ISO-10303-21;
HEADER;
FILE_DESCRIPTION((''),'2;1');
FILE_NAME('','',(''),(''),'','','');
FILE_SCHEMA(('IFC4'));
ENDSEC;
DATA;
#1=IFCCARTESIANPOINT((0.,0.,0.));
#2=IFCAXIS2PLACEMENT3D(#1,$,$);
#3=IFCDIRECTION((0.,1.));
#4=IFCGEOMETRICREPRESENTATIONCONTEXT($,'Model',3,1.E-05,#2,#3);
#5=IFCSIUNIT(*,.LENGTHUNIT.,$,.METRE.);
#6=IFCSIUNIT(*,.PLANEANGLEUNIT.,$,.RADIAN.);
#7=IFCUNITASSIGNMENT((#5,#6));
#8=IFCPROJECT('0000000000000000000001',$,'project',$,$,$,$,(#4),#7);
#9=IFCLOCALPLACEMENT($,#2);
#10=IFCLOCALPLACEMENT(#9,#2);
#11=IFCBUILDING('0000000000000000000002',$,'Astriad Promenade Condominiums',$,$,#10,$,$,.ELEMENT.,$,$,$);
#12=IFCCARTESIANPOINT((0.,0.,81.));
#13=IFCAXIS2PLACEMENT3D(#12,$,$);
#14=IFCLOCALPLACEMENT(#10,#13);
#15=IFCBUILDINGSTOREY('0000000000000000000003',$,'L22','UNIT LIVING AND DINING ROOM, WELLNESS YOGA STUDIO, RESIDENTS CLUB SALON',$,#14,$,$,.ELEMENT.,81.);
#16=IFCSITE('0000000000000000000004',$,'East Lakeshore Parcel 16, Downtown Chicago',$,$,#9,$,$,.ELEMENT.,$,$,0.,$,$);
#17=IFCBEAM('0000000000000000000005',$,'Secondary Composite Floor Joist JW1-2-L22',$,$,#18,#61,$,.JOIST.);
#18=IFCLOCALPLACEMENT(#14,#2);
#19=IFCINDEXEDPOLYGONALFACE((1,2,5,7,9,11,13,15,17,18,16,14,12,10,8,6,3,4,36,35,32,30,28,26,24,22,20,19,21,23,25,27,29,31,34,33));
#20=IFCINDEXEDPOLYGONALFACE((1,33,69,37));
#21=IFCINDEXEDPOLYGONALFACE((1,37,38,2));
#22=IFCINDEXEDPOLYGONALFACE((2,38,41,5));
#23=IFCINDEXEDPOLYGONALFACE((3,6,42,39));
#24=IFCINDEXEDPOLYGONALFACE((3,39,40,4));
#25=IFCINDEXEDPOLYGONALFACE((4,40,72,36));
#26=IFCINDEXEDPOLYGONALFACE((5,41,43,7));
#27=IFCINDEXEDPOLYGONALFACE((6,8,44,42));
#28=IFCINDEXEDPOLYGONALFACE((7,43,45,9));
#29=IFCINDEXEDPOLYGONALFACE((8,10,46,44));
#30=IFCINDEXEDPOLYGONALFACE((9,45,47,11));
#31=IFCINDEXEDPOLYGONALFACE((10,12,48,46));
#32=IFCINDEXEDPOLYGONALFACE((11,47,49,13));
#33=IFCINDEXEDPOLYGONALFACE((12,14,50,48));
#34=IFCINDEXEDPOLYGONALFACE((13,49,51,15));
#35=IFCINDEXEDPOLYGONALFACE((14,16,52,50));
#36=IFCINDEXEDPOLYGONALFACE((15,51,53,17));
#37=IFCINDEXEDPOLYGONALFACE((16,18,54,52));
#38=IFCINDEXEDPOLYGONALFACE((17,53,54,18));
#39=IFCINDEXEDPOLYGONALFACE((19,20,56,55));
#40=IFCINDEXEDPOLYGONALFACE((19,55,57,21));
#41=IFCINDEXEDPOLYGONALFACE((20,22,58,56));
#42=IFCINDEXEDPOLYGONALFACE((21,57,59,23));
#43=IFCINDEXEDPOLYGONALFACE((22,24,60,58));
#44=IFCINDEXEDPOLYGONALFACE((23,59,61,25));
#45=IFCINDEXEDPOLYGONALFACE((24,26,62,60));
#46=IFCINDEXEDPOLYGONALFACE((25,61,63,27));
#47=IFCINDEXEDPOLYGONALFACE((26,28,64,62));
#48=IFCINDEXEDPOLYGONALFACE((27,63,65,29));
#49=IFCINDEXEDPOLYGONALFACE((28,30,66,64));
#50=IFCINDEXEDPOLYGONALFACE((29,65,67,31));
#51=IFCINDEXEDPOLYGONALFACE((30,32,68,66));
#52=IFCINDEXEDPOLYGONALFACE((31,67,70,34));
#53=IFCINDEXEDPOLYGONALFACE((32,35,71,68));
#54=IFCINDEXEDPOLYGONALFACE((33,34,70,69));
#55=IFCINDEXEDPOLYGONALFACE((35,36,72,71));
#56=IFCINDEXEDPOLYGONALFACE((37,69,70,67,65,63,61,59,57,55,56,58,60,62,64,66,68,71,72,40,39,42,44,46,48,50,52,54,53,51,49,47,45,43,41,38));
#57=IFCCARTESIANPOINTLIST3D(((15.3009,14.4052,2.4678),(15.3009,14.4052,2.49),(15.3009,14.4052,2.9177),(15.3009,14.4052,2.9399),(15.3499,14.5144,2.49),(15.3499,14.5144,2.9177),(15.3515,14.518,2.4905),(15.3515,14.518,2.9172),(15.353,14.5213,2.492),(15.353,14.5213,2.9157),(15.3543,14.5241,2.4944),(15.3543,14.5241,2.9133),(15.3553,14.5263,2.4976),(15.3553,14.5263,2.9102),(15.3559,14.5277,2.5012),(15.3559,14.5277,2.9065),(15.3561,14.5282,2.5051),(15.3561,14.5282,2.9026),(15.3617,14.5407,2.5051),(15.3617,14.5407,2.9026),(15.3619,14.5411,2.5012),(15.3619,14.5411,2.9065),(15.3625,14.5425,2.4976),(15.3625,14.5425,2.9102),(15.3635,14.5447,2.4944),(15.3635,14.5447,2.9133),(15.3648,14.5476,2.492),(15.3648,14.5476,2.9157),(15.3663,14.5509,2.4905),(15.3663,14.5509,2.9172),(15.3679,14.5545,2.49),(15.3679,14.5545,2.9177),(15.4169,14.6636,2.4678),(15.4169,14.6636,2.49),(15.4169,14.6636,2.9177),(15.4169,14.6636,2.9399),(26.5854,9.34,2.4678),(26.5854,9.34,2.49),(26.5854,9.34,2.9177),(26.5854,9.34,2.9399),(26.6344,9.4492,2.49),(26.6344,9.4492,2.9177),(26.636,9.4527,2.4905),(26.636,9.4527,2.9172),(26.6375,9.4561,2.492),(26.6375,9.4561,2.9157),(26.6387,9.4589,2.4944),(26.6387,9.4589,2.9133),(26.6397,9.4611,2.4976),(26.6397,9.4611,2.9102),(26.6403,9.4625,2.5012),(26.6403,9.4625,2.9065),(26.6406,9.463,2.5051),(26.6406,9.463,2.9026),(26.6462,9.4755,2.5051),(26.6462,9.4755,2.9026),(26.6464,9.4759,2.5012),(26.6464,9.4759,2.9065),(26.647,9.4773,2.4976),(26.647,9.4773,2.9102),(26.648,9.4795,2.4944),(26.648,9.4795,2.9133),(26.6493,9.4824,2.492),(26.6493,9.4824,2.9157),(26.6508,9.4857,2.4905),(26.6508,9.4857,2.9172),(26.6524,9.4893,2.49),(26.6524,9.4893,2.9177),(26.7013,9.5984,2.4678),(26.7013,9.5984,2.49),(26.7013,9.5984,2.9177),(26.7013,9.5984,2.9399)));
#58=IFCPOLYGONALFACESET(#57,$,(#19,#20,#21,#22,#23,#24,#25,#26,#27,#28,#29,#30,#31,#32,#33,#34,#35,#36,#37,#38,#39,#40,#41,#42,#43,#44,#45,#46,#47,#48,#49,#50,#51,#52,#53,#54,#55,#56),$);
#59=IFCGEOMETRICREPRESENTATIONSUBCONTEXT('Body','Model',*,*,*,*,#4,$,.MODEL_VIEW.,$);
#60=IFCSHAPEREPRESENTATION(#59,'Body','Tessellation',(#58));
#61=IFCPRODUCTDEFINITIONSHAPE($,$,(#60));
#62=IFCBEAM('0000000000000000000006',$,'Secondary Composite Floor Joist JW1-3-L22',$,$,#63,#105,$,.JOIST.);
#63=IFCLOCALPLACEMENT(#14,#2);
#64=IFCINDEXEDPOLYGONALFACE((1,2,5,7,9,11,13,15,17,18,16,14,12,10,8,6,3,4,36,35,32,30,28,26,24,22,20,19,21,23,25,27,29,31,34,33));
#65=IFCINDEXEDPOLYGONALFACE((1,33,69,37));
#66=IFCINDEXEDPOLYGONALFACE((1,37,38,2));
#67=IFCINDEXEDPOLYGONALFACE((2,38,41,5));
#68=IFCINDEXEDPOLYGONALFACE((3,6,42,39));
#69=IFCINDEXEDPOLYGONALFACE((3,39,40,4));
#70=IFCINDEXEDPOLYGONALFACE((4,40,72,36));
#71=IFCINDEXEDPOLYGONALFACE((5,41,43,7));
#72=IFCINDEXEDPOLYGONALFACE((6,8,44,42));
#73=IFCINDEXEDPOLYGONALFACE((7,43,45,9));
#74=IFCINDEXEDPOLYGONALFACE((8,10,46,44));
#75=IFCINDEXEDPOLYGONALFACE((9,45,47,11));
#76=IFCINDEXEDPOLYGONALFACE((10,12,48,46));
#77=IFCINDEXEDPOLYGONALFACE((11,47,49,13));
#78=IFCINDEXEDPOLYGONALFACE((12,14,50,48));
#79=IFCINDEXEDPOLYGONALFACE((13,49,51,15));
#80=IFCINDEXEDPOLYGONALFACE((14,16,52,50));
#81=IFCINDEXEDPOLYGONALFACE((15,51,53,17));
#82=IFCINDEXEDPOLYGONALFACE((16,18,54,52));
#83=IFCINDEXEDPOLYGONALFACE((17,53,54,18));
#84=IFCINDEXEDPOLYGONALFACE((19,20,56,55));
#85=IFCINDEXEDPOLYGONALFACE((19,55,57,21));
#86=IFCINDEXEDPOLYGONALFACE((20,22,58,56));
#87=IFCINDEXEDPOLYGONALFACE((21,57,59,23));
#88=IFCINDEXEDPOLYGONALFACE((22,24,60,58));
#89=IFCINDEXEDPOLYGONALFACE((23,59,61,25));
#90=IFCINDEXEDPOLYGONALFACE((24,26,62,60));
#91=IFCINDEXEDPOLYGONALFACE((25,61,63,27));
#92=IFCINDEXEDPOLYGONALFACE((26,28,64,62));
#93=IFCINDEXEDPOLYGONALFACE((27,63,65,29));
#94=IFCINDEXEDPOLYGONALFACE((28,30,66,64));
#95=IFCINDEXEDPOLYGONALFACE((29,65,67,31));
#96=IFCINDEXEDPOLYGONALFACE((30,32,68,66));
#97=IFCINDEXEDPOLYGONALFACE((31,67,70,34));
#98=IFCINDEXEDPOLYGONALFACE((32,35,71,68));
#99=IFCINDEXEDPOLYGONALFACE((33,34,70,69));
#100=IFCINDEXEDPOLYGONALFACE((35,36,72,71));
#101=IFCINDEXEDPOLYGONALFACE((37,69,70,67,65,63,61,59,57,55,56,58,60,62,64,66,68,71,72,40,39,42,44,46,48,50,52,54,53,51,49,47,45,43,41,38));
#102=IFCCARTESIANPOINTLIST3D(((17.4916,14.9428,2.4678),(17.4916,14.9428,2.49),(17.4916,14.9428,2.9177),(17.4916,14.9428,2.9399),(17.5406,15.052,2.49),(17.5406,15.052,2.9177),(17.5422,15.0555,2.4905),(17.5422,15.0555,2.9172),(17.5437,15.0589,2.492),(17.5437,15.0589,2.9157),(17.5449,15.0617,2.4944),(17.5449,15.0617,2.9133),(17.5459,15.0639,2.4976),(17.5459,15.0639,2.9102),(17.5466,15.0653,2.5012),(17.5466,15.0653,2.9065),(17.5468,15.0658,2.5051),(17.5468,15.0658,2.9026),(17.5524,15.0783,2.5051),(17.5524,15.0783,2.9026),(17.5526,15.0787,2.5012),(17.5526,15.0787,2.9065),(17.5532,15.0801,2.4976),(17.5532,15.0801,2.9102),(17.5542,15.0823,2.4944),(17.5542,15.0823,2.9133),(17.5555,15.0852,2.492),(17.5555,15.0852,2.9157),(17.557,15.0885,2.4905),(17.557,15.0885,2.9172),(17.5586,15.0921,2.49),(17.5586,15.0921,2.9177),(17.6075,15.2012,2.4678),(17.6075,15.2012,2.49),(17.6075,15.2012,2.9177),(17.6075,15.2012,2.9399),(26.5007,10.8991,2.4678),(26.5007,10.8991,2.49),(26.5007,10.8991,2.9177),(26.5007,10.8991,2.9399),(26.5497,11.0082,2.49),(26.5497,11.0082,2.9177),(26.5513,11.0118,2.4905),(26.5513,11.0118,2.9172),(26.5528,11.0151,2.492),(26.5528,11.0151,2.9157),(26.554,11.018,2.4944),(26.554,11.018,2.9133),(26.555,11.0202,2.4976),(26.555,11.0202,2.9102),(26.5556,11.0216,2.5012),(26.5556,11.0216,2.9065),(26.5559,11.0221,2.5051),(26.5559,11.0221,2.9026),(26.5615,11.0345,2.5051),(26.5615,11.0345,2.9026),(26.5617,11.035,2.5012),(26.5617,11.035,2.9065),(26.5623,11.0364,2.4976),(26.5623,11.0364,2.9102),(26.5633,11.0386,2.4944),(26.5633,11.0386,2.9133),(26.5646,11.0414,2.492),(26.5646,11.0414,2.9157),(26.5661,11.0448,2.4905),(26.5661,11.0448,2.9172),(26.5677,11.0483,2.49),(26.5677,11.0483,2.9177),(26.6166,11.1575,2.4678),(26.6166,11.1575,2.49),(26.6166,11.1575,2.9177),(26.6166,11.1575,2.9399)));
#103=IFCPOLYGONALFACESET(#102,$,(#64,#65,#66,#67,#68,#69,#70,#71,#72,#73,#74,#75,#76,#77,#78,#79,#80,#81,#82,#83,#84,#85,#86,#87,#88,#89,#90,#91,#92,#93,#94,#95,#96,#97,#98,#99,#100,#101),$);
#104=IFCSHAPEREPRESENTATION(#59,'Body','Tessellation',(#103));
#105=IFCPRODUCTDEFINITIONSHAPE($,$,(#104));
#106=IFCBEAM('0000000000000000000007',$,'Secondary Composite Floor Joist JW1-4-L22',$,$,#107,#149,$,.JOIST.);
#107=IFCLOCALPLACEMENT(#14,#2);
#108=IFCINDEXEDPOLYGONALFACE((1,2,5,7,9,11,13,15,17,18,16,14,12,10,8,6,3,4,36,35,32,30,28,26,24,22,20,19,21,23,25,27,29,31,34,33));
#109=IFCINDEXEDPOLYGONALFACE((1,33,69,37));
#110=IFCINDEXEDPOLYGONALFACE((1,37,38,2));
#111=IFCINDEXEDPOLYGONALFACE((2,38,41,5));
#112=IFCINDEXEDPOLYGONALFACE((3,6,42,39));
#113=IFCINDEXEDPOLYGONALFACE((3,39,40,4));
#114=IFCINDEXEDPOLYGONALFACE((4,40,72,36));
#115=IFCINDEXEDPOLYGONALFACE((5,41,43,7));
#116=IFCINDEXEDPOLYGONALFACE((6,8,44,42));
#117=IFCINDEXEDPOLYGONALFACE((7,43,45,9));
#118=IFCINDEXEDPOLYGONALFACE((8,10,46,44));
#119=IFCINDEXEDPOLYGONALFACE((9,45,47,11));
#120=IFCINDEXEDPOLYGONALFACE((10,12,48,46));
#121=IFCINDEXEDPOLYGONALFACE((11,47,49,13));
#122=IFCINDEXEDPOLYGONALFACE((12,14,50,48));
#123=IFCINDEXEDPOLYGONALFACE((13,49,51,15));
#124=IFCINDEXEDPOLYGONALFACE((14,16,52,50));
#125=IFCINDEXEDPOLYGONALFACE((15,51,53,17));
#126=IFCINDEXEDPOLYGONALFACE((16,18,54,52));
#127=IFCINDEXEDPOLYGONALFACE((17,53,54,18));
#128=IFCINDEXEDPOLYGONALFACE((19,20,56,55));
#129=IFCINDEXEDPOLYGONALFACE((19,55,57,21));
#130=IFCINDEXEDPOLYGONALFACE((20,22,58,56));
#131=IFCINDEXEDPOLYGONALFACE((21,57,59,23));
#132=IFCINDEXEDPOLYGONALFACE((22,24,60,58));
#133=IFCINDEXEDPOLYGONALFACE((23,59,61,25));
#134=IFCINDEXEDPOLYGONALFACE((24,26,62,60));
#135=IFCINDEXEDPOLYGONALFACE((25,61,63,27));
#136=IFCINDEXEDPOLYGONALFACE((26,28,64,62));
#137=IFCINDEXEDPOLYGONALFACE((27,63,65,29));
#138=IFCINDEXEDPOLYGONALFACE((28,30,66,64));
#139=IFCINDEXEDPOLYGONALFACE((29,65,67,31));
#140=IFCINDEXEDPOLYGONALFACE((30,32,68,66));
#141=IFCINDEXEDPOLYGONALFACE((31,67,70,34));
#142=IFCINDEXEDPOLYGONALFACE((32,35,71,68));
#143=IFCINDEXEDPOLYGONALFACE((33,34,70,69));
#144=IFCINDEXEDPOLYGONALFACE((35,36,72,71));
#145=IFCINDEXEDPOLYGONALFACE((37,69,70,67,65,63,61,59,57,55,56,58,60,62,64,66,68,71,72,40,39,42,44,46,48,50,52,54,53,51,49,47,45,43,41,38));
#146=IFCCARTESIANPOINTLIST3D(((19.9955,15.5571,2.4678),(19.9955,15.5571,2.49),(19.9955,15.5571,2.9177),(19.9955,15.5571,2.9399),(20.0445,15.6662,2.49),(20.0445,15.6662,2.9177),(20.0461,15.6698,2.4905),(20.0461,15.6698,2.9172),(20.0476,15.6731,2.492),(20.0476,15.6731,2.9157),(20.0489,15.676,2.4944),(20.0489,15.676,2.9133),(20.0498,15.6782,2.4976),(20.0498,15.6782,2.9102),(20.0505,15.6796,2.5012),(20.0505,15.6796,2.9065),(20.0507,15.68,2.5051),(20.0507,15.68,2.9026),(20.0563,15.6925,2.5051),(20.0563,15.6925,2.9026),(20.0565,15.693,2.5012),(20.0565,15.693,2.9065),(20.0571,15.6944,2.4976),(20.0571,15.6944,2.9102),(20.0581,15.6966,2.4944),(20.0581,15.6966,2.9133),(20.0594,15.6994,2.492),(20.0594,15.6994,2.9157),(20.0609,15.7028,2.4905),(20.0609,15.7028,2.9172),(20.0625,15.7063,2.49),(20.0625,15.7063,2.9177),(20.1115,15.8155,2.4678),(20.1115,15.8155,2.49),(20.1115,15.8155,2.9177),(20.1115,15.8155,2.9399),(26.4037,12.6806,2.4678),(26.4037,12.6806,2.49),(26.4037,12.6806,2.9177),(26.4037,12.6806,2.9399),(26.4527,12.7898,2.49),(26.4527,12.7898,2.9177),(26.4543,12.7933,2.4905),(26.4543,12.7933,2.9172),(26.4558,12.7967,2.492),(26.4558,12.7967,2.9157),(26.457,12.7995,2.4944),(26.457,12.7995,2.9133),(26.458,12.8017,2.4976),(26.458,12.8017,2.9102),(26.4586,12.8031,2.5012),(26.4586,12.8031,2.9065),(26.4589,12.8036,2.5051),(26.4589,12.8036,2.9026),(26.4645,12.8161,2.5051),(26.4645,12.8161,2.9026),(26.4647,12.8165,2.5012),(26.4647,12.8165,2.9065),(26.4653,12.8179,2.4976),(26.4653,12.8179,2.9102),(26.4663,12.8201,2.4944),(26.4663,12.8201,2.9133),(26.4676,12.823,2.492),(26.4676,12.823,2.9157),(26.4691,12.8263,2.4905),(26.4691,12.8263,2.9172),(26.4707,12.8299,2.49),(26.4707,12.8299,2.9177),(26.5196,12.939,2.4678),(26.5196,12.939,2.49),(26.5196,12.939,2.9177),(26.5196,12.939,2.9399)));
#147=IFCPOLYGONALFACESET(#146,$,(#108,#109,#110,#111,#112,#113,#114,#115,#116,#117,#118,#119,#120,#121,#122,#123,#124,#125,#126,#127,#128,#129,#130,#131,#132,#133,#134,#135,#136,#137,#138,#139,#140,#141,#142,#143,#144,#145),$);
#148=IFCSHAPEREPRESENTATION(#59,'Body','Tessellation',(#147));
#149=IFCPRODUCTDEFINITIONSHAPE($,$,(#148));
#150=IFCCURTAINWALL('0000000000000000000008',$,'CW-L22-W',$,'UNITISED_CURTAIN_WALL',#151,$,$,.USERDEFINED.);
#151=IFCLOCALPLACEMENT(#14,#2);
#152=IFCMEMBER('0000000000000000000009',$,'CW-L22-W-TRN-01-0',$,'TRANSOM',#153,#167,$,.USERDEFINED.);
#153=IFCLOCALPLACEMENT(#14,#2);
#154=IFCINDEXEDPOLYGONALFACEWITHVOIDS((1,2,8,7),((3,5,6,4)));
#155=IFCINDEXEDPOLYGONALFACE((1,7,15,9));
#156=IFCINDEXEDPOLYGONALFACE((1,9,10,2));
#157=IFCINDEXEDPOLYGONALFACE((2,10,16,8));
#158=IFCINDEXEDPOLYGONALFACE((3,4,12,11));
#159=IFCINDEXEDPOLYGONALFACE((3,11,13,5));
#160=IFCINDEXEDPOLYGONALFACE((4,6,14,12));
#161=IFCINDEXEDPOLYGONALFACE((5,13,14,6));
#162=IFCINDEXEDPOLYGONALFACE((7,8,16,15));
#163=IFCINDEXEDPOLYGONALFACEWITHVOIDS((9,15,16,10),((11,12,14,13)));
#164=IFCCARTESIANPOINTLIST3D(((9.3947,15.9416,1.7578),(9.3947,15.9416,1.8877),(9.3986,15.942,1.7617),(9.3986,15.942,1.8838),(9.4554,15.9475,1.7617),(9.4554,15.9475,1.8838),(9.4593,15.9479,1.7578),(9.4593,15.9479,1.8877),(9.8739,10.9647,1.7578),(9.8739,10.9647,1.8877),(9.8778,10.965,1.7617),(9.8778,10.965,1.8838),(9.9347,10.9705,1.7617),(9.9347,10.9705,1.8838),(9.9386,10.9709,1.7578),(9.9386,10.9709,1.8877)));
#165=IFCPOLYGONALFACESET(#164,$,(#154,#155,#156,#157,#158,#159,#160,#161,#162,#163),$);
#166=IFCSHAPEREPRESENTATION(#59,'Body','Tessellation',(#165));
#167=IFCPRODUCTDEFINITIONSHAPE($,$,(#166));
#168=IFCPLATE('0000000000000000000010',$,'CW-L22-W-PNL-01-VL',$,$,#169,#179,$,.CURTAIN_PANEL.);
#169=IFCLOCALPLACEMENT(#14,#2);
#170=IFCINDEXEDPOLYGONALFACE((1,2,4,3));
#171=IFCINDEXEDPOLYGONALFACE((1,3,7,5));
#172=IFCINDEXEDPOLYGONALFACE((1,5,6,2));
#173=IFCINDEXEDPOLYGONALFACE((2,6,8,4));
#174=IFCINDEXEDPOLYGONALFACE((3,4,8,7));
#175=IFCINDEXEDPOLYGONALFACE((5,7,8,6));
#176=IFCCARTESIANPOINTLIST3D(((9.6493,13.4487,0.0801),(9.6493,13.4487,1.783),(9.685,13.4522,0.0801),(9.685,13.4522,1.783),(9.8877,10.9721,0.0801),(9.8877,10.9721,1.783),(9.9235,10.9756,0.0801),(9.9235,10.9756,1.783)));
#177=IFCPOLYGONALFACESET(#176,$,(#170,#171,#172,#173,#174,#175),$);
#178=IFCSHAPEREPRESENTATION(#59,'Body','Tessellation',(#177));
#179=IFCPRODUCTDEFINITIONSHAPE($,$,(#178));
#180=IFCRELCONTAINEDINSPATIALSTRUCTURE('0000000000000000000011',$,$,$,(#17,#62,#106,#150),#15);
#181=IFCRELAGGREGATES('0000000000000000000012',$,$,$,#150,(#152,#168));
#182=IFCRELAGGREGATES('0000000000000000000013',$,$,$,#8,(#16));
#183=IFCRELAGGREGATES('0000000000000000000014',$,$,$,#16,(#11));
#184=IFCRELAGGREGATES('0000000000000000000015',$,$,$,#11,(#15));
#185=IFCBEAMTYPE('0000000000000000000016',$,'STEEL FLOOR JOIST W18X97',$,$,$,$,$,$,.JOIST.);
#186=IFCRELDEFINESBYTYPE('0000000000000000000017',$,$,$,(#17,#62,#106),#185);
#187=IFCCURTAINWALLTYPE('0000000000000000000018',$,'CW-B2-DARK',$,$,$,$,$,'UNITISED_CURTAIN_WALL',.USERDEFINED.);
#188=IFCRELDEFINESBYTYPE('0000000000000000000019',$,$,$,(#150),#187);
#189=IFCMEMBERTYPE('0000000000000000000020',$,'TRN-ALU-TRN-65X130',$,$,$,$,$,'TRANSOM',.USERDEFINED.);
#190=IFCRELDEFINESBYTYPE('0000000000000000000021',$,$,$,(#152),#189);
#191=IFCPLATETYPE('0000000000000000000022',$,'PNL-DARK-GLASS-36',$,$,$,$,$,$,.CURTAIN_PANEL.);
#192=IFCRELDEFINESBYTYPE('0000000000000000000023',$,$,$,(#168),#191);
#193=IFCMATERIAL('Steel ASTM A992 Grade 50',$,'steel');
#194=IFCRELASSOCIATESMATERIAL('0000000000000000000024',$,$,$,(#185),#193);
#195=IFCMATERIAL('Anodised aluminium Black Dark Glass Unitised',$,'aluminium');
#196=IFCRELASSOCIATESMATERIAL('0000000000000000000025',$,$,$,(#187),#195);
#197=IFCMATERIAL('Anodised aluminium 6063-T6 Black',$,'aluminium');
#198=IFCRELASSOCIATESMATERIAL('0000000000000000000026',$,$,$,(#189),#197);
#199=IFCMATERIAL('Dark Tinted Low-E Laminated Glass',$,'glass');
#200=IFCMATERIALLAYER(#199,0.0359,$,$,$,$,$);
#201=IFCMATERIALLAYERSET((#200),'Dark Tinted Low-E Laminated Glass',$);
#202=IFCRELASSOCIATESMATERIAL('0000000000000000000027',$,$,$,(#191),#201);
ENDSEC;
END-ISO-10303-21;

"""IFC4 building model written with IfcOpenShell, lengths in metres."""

from ifc_helpers import new_model, si_unit, direction, frame, origin, origin_2d, place, context, subcontext, project, spatial, rectangle, hollow_rectangle, i_section, extrude, source, transform, mapped, material, layer, layer_set, material_profile, profile_set, type_object, type_shapes, element, aggregate, save


model = new_model("IFC4")

# Units and contexts
model_context = context("Model", 3, precision=1e-05, world=origin(), true_north=direction((0.0, 1.0)))
body_context = subcontext(model_context, "Body", "Model", "MODEL_VIEW")
ifc_project = project(units=[si_unit("LENGTHUNIT", "METRE"), si_unit("PLANEANGLEUNIT", "RADIAN")], contexts=[model_context])

# Site, building, storey
site_placement = place(None, origin())
site = spatial("IfcSite", under=ifc_project, at=site_placement, Name="East Lakeshore Parcel 16, Downtown Chicago", CompositionType="ELEMENT", RefElevation=0.0)
building_placement = place(site_placement, origin())
building = spatial("IfcBuilding", under=site, at=building_placement, Name="Astriad Promenade Condominiums", CompositionType="ELEMENT")
storey_placement = place(building_placement, frame((0.0, 0.0, 81.0)))
storey = spatial("IfcBuildingStorey", under=building, at=storey_placement, Name="L22", Description="UNIT LIVING AND DINING ROOM, WELLNESS YOGA STUDIO, RESIDENTS CLUB SALON", CompositionType="ELEMENT", Elevation=81.0)

# Beams
ifc_material_1 = material(Name="Steel ASTM A992 Grade 50", Category="steel")
ifc_material_profile_1 = material_profile(ifc_material_1, i_section(OverallWidth=0.2832, OverallDepth=0.4722, WebThickness=0.0137, FlangeThickness=0.0222, FilletRadius=0.0151, at=origin_2d()), Name="W18X97")
ifc_profile_set_1 = profile_set([ifc_material_profile_1], Name="Steel ASTM A992 Grade 50")
beam_type_1 = type_object("IfcBeamType", Name="STEEL FLOOR JOIST W18X97", PredefinedType="JOIST", material=ifc_profile_set_1)
shared_shape_1 = source(origin(), body_context, "Body", "SweptSolid", [
    extrude(i_section(OverallWidth=0.2832, OverallDepth=0.4722, WebThickness=0.0137, FlangeThickness=0.0222, FilletRadius=0.0151, at=origin_2d()), origin(), (0.0, 0.0, 1.0), 12.3691),
])
beam_1_placement = place(storey_placement, frame((15.3589, 14.5344, 2.7039), z_axis=(0.912309, -0.409504, 0.0), x_axis=(0.409504, 0.912309, 0.0)))
element("IfcBeam", 1, at=beam_1_placement, inside=storey, type_object=beam_type_1, Name="Secondary Composite Floor Joist JW1-2-L22", PredefinedType="JOIST", context=body_context, shape_type="MappedRepresentation", body=[
    mapped(shared_shape_1, transform((0.0, 0.0, 0.0), scale=1.0)),
])
shared_shape_2 = source(origin(), body_context, "Body", "SweptSolid", [
    extrude(i_section(OverallWidth=0.2832, OverallDepth=0.4722, WebThickness=0.0137, FlangeThickness=0.0222, FilletRadius=0.0151, at=origin_2d()), origin(), (0.0, 0.0, 1.0), 9.875),
])
beam_2_placement = place(storey_placement, frame((17.5496, 15.072, 2.7039), z_axis=(0.912314, -0.409492, 0.0), x_axis=(0.409492, 0.912314, 0.0)))
element("IfcBeam", 2, at=beam_2_placement, inside=storey, type_object=beam_type_1, Name="Secondary Composite Floor Joist JW1-3-L22", PredefinedType="JOIST", context=body_context, shape_type="MappedRepresentation", body=[
    mapped(shared_shape_2, transform((0.0, 0.0, 0.0), scale=1.0)),
])
shared_shape_3 = source(origin(), body_context, "Body", "SweptSolid", [
    extrude(i_section(OverallWidth=0.2832, OverallDepth=0.4722, WebThickness=0.0137, FlangeThickness=0.0222, FilletRadius=0.0151, at=origin_2d()), origin(), (0.0, 0.0, 1.0), 7.0242),
])
beam_3_placement = place(storey_placement, frame((20.0535, 15.6863, 2.7039), z_axis=(0.912306, -0.409509, 0.0), x_axis=(0.409509, 0.912306, 0.0)))
element("IfcBeam", 3, at=beam_3_placement, inside=storey, type_object=beam_type_1, Name="Secondary Composite Floor Joist JW1-4-L22", PredefinedType="JOIST", context=body_context, shape_type="MappedRepresentation", body=[
    mapped(shared_shape_3, transform((0.0, 0.0, 0.0), scale=1.0)),
])

# Curtain wall, member, plate
ifc_material_2 = material(Name="Anodised aluminium Black Dark Glass Unitised", Category="aluminium")
curtain_wall_type = type_object("IfcCurtainWallType", Name="CW-B2-DARK", ElementType="UNITISED_CURTAIN_WALL", PredefinedType="USERDEFINED", material=ifc_material_2)
curtain_wall_placement = place(storey_placement, origin())
curtain_wall = element("IfcCurtainWall", 4, at=curtain_wall_placement, inside=storey, type_object=curtain_wall_type, Name="CW-L22-W", ObjectType="UNITISED_CURTAIN_WALL", PredefinedType="USERDEFINED")
ifc_material_3 = material(Name="Anodised aluminium 6063-T6 Black", Category="aluminium")
ifc_material_profile_2 = material_profile(ifc_material_3, hollow_rectangle(XDim=0.0649, YDim=0.1299, WallThickness=0.0039, at=origin_2d()), Name="ALU-TRN-65X130")
ifc_profile_set_2 = profile_set([ifc_material_profile_2], Name="Anodised aluminium 6063-T6 Black")
member_type = type_object("IfcMemberType", Name="TRN-ALU-TRN-65X130", ElementType="TRANSOM", PredefinedType="USERDEFINED", material=ifc_profile_set_2)
shared_shape_4 = source(origin(), body_context, "Body", "SweptSolid", [
    extrude(hollow_rectangle(XDim=0.0649, YDim=0.1299, WallThickness=0.0039, at=origin_2d()), origin(), (0.0, 0.0, 1.0), 5.0),
])
type_shapes(member_type, [shared_shape_4])
member_placement = place(storey_placement, frame((9.9062, 10.9678, 1.8228), z_axis=(-0.095848, 0.995396, 0.0), x_axis=(-0.995396, -0.095848, 0.0)))
member = element("IfcMember", 5, at=member_placement, type_object=member_type, Name="CW-L22-W-TRN-01-0", ObjectType="TRANSOM", PredefinedType="USERDEFINED", context=body_context, shape_type="MappedRepresentation", body=[
    mapped(shared_shape_4, transform((0.0, 0.0, 0.0), scale=1.0)),
])
ifc_material_4 = material(Name="Dark Tinted Low-E Laminated Glass", Category="glass")
ifc_layer_1 = layer(ifc_material_4, 0.0359)
ifc_layer_set_1 = layer_set([ifc_layer_1], Name="Dark Tinted Low-E Laminated Glass")
plate_type = type_object("IfcPlateType", Name="PNL-DARK-GLASS-36", PredefinedType="CURTAIN_PANEL", material=ifc_layer_set_1)
shared_shape_5 = source(origin(), body_context, "Body", "SweptSolid", [
    extrude(rectangle(XDim=2.488, YDim=0.0359, at=origin_2d()), origin(), (0.0, 0.0, 1.0), 1.7029),
])
plate_1_placement = place(storey_placement, frame((9.7864, 12.2122, 0.0801), z_axis=(0.0, 0.0, 1.0), x_axis=(-0.095846, 0.995396, 0.0)))
plate_1 = element("IfcPlate", 6, at=plate_1_placement, type_object=plate_type, Name="CW-L22-W-PNL-01-VL", PredefinedType="CURTAIN_PANEL", context=body_context, shape_type="MappedRepresentation", body=[
    mapped(shared_shape_5, transform((0.0, 0.0, 0.0), scale=1.0)),
])
aggregate(curtain_wall, [member, plate_1])

save(model, "model.ifc")
